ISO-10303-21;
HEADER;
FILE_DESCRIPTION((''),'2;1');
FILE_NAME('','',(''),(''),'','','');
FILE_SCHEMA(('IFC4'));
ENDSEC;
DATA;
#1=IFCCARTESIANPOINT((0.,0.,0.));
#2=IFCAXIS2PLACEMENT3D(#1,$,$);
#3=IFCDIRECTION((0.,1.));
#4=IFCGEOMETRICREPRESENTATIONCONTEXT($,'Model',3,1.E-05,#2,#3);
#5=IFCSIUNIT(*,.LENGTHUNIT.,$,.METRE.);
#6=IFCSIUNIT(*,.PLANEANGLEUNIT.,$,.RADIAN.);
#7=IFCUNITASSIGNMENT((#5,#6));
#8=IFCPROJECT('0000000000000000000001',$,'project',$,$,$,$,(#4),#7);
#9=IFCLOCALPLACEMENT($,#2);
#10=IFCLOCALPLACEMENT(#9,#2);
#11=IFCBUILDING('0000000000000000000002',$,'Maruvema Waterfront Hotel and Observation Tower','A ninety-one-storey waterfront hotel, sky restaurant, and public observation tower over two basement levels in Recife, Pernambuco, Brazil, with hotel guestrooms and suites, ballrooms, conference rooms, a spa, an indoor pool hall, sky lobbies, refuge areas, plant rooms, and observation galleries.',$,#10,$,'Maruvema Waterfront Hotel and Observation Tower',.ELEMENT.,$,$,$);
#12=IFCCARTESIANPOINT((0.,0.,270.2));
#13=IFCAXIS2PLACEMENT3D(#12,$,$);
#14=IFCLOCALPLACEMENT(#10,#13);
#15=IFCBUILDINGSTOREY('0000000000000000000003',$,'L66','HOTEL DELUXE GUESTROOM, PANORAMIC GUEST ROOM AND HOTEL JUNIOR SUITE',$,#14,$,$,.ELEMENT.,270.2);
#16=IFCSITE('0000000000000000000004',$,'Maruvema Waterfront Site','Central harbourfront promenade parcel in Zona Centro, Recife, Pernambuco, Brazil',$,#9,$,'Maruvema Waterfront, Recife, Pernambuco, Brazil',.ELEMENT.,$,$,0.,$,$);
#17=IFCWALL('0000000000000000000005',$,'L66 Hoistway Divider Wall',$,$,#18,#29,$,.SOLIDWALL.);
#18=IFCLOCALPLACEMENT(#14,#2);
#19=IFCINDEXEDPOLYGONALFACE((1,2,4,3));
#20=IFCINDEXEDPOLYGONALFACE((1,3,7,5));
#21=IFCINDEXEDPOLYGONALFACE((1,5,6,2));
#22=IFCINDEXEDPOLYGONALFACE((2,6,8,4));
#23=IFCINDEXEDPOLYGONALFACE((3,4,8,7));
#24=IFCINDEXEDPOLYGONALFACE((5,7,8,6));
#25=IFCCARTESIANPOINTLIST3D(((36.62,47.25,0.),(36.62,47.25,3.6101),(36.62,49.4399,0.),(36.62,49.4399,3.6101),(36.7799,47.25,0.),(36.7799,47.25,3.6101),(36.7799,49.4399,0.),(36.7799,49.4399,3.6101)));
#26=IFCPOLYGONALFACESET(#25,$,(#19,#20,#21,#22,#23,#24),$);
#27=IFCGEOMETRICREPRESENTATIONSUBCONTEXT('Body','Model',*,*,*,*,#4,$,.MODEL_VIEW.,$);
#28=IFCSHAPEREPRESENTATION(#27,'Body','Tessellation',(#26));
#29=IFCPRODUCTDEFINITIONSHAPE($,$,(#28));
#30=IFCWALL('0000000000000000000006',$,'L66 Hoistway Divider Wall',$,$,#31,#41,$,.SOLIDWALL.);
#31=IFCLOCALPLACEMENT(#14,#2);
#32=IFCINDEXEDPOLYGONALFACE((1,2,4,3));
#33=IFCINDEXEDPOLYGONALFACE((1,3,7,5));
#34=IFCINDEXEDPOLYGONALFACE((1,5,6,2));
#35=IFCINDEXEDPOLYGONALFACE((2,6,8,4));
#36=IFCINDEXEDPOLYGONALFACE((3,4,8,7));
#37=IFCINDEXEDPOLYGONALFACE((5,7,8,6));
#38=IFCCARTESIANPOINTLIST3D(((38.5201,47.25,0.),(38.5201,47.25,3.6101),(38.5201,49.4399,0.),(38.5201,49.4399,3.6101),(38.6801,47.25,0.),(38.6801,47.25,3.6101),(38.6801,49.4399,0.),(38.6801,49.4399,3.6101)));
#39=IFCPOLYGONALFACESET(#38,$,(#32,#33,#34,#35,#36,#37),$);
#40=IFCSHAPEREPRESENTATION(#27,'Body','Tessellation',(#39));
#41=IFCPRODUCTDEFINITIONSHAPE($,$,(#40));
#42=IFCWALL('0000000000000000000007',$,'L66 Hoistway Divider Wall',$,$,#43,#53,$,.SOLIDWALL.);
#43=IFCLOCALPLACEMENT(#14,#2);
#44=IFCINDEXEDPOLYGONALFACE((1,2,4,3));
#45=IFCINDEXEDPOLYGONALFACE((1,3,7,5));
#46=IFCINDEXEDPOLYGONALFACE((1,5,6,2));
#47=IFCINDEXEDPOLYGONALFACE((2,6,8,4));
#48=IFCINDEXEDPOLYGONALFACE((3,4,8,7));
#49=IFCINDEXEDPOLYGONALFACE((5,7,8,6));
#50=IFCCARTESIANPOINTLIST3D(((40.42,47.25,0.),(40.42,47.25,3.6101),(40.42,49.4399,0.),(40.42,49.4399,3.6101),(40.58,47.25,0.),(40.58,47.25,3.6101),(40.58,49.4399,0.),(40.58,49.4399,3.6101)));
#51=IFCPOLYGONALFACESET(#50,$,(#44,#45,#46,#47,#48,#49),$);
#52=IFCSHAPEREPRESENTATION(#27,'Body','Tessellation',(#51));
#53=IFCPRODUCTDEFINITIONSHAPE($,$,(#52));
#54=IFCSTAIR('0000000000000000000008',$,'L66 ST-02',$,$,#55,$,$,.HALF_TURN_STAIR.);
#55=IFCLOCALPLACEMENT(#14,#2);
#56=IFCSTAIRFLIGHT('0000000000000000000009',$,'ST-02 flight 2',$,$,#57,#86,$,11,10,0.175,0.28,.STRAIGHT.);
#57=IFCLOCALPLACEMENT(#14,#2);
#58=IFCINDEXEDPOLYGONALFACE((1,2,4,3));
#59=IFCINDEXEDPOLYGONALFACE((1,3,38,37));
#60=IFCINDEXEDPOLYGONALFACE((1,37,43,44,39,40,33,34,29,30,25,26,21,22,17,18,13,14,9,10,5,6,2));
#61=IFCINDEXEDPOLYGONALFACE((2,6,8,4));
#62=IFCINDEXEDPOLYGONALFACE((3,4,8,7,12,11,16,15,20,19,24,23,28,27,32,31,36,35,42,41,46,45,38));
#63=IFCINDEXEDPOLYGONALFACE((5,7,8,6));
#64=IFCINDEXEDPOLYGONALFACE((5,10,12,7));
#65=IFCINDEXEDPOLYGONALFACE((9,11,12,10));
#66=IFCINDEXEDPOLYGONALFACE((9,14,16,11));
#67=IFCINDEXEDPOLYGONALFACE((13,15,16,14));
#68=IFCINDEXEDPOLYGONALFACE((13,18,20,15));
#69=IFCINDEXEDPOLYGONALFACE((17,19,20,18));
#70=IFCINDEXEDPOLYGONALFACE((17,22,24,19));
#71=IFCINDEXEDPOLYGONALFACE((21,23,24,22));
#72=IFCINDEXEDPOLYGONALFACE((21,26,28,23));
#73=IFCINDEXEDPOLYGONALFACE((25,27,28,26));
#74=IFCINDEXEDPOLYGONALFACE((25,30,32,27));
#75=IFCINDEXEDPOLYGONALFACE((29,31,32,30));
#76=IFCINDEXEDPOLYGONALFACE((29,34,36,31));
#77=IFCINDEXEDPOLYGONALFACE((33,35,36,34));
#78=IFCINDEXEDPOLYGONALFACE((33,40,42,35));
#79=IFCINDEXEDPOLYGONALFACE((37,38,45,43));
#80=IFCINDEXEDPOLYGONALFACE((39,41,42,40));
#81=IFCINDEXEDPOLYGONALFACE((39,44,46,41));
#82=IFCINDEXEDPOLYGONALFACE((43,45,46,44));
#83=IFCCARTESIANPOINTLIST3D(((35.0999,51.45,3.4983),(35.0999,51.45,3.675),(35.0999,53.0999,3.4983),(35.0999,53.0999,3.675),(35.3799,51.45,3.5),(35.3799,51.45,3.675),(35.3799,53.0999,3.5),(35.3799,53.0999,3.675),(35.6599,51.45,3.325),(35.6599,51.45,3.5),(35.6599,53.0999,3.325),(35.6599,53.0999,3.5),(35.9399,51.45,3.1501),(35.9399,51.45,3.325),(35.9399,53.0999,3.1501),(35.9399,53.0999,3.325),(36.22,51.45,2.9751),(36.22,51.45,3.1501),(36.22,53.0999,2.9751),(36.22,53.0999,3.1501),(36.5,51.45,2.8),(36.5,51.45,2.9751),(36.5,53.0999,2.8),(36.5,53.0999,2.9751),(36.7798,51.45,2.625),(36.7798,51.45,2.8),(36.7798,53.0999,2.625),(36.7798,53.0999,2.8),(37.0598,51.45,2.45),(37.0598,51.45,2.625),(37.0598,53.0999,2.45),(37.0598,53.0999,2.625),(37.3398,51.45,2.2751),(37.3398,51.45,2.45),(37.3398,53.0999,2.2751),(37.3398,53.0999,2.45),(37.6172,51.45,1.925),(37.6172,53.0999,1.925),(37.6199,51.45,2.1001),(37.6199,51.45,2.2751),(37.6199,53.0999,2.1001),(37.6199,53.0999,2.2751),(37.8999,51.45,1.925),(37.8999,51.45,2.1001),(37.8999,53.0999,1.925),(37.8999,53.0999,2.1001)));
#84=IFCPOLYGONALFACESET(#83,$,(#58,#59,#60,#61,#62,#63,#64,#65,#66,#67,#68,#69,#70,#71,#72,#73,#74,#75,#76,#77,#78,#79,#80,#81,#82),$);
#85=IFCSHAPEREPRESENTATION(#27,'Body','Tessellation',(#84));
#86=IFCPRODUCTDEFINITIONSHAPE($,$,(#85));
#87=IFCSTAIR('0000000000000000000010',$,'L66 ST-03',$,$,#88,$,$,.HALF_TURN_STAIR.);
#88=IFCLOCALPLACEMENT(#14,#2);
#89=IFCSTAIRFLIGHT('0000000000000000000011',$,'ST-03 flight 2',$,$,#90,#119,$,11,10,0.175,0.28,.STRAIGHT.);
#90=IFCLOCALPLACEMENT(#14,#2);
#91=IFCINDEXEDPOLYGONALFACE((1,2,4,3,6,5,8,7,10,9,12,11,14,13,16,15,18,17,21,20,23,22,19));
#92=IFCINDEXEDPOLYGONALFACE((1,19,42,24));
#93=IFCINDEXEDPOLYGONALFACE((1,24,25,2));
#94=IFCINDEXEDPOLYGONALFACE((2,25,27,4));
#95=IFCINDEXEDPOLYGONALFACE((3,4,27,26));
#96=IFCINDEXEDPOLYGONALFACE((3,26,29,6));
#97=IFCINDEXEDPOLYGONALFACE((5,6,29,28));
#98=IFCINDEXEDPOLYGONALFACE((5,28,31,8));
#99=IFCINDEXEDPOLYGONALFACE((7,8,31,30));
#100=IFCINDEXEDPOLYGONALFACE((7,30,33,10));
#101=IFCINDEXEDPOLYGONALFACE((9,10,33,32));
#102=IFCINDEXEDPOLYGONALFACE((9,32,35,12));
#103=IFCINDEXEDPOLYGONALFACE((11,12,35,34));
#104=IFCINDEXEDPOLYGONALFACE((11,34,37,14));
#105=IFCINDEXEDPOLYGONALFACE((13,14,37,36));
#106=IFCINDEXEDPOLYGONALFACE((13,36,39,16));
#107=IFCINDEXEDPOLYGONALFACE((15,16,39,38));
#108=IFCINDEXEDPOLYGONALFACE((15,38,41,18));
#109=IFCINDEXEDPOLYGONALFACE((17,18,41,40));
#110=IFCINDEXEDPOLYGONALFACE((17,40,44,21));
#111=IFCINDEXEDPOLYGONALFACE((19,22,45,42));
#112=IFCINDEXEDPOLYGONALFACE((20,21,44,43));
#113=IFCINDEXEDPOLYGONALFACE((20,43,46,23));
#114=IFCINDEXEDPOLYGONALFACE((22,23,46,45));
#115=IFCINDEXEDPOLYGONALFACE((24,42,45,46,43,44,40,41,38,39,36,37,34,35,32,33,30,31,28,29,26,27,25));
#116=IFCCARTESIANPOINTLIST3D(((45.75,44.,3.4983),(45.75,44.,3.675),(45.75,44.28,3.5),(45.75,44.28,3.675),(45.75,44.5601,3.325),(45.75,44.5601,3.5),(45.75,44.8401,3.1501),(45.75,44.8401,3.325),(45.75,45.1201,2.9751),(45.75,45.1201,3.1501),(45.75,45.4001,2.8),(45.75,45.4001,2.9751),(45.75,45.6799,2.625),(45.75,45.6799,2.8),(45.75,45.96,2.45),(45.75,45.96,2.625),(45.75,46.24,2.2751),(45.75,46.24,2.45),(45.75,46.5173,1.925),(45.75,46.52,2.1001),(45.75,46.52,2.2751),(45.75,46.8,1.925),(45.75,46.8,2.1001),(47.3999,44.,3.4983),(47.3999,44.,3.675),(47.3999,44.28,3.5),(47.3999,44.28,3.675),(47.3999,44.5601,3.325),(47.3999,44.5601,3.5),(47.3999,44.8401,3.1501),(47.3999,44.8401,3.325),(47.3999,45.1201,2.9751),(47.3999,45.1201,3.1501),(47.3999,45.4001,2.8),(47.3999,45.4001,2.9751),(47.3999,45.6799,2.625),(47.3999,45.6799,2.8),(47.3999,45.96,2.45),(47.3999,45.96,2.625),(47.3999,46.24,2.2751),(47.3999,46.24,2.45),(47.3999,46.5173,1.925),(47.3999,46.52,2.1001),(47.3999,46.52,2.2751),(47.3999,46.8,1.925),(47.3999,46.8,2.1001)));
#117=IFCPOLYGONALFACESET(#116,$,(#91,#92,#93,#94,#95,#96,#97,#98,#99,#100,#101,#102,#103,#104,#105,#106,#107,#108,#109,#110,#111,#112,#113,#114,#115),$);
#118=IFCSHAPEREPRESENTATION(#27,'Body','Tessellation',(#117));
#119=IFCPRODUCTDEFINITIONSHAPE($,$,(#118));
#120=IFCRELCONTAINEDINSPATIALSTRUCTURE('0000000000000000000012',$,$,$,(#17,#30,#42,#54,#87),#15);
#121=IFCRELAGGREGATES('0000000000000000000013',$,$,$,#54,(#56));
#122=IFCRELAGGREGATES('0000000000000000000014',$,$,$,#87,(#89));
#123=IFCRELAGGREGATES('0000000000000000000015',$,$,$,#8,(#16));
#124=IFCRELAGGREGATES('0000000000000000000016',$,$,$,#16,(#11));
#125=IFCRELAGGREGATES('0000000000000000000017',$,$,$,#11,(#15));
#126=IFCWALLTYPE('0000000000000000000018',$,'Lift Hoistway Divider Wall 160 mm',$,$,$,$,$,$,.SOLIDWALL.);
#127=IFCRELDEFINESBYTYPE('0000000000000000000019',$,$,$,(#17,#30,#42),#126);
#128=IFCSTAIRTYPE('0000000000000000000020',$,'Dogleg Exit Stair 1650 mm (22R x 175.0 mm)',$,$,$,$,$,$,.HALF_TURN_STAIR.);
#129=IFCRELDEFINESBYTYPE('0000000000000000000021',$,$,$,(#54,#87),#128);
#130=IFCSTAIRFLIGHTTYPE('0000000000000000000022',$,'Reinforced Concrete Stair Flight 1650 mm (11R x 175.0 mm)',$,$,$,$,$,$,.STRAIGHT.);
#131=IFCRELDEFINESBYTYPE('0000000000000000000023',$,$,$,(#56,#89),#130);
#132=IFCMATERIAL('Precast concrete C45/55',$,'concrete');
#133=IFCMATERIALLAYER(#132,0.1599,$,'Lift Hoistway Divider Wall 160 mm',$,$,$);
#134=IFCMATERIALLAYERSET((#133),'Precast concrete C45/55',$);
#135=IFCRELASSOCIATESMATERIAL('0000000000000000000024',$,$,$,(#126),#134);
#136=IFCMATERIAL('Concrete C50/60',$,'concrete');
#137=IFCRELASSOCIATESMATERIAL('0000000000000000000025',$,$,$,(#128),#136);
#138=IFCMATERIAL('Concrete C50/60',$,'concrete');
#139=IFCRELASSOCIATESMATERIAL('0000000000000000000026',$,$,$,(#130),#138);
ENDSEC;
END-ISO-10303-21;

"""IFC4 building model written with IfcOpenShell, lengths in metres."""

from ifc_helpers import new_model, si_unit, direction, frame, frame_2d, origin, place, context, subcontext, project, spatial, polyline, rectangle, outline, extrude, material, layer, layer_set, type_object, element, aggregate, save


model = new_model("IFC4")

# Units and contexts
model_context = context("Model", 3, precision=1e-05, world=origin(), true_north=direction((0.0, 1.0)))
body_context = subcontext(model_context, "Body", "Model", "MODEL_VIEW")
ifc_project = project(units=[si_unit("LENGTHUNIT", "METRE"), si_unit("PLANEANGLEUNIT", "RADIAN")], contexts=[model_context])

# Site, building, storey
site_placement = place(None, origin())
site = spatial("IfcSite", under=ifc_project, at=site_placement, Name="Maruvema Waterfront Site", Description="Central harbourfront promenade parcel in Zona Centro, Recife, Pernambuco, Brazil", LongName="Maruvema Waterfront, Recife, Pernambuco, Brazil", CompositionType="ELEMENT", RefElevation=0.0)
building_placement = place(site_placement, origin())
building = spatial("IfcBuilding", under=site, at=building_placement, Name="Maruvema Waterfront Hotel and Observation Tower", Description="A ninety-one-storey waterfront hotel, sky restaurant, and public observation tower over two basement levels in Recife, Pernambuco, Brazil, with hotel guestrooms and suites, ballrooms, conference rooms, a spa, an indoor pool hall, sky lobbies, refuge areas, plant rooms, and observation galleries.", LongName="Maruvema Waterfront Hotel and Observation Tower", CompositionType="ELEMENT")
storey_placement = place(building_placement, frame((0.0, 0.0, 270.2)))
storey = spatial("IfcBuildingStorey", under=building, at=storey_placement, Name="L66", Description="HOTEL DELUXE GUESTROOM, PANORAMIC GUEST ROOM AND HOTEL JUNIOR SUITE", CompositionType="ELEMENT", Elevation=270.2)

# Walls
ifc_material_1 = material(Name="Precast concrete C45/55", Category="concrete")
ifc_layer_1 = layer(ifc_material_1, 0.1599, Name="Lift Hoistway Divider Wall 160 mm")
ifc_layer_set_1 = layer_set([ifc_layer_1], Name="Precast concrete C45/55")
wall_type_1 = type_object("IfcWallType", Name="Lift Hoistway Divider Wall 160 mm", PredefinedType="SOLIDWALL", material=ifc_layer_set_1)
for number, where, z_axis, x_axis, name in (
    (1, (36.7, 47.25, 0.0), (0.0, 0.0, 1.0), (0.0, 1.0, 0.0), "L66 Hoistway Divider Wall"),
    (2, (38.6001, 47.25, 0.0), (0.0, 0.0, 1.0), (0.0, 1.0, 0.0), "L66 Hoistway Divider Wall"),
    (3, (40.5, 47.25, 0.0), (0.0, 0.0, 1.0), (0.0, 1.0, 0.0), "L66 Hoistway Divider Wall"),
):
    element("IfcWall", number, at=place(storey_placement, frame(where, z_axis=z_axis, x_axis=x_axis)), inside=storey, type_object=wall_type_1, Name=name, PredefinedType="SOLIDWALL", context=body_context, shape_type="SweptSolid", body=[
        extrude(rectangle(XDim=2.1899, YDim=0.1599, at=frame_2d((1.095, 0.0))), origin(), (0.0, 0.0, 1.0), 3.6101),
    ])

# Stairs, stair flights
ifc_material_2 = material(Name="Concrete C50/60", Category="concrete")
stair_type = type_object("IfcStairType", Name="Dogleg Exit Stair 1650 mm (22R x 175.0 mm)", PredefinedType="HALF_TURN_STAIR", material=ifc_material_2)
stair_1_placement = place(storey_placement, origin())
stair_1 = element("IfcStair", 4, at=stair_1_placement, inside=storey, type_object=stair_type, Name="L66 ST-02", PredefinedType="HALF_TURN_STAIR")
ifc_material_3 = material(Name="Concrete C50/60", Category="concrete")
stair_flight_type = type_object("IfcStairFlightType", Name="Reinforced Concrete Stair Flight 1650 mm (11R x 175.0 mm)", PredefinedType="STRAIGHT", material=ifc_material_3)
stair_flight_1_placement = place(storey_placement, frame((37.8999, 52.2749, 1.925), z_axis=(0.0, 0.0, 1.0), x_axis=(-1.0, 0.0, 0.0)))
stair_flight_1 = element("IfcStairFlight", 5, at=stair_flight_1_placement, type_object=stair_flight_type, Name="ST-02 flight 2", NumberOfRisers=11, NumberOfTreads=10, PredefinedType="STRAIGHT", RiserHeight=0.175, TreadLength=0.28, context=body_context, shape_type="SweptSolid", body=[
    extrude(outline(polyline([(0.0, 0.0), (0.0, 0.175), (0.28, 0.175), (0.28, 0.3501), (0.5601, 0.3501), (0.5601, 0.5249), (0.8401, 0.5249), (0.8401, 0.7), (1.1201, 0.7), (1.1201, 0.875), (1.3999, 0.875), (1.3999, 1.05), (1.6799, 1.05), (1.6799, 1.2251), (1.96, 1.2251), (1.96, 1.3999), (2.24, 1.3999), (2.24, 1.575), (2.52, 1.575), (2.52, 1.75), (2.8, 1.75), (2.8, 1.925), (2.8, 1.5732), (0.2827, 0.0), (0.0, 0.0)])), frame((0.0, 0.825, 0.0), z_axis=(0.0, -1.0, 0.0), x_axis=(1.0, 0.0, 0.0)), (0.0, 0.0, 1.0), 1.6499),
])
aggregate(stair_1, [stair_flight_1])
stair_2_placement = place(storey_placement, origin())
stair_2 = element("IfcStair", 6, at=stair_2_placement, inside=storey, type_object=stair_type, Name="L66 ST-03", PredefinedType="HALF_TURN_STAIR")
stair_flight_2_placement = place(storey_placement, frame((46.575, 46.8, 1.925), z_axis=(0.0, 0.0, 1.0), x_axis=(0.0, -1.0, 0.0)))
stair_flight_2 = element("IfcStairFlight", 7, at=stair_flight_2_placement, type_object=stair_flight_type, Name="ST-03 flight 2", NumberOfRisers=11, NumberOfTreads=10, PredefinedType="STRAIGHT", RiserHeight=0.175, TreadLength=0.28, context=body_context, shape_type="SweptSolid", body=[
    extrude(outline(polyline([(0.0, 0.0), (0.0, 0.175), (0.28, 0.175), (0.28, 0.3501), (0.5601, 0.3501), (0.5601, 0.5249), (0.8401, 0.5249), (0.8401, 0.7), (1.1201, 0.7), (1.1201, 0.875), (1.3999, 0.875), (1.3999, 1.05), (1.6799, 1.05), (1.6799, 1.2251), (1.96, 1.2251), (1.96, 1.3999), (2.24, 1.3999), (2.24, 1.575), (2.52, 1.575), (2.52, 1.75), (2.8, 1.75), (2.8, 1.925), (2.8, 1.5732), (0.2827, 0.0), (0.0, 0.0)])), frame((0.0, 0.825, 0.0), z_axis=(0.0, -1.0, 0.0), x_axis=(1.0, 0.0, 0.0)), (0.0, 0.0, 1.0), 1.6499),
])
aggregate(stair_2, [stair_flight_2])

save(model, "model.ifc")
